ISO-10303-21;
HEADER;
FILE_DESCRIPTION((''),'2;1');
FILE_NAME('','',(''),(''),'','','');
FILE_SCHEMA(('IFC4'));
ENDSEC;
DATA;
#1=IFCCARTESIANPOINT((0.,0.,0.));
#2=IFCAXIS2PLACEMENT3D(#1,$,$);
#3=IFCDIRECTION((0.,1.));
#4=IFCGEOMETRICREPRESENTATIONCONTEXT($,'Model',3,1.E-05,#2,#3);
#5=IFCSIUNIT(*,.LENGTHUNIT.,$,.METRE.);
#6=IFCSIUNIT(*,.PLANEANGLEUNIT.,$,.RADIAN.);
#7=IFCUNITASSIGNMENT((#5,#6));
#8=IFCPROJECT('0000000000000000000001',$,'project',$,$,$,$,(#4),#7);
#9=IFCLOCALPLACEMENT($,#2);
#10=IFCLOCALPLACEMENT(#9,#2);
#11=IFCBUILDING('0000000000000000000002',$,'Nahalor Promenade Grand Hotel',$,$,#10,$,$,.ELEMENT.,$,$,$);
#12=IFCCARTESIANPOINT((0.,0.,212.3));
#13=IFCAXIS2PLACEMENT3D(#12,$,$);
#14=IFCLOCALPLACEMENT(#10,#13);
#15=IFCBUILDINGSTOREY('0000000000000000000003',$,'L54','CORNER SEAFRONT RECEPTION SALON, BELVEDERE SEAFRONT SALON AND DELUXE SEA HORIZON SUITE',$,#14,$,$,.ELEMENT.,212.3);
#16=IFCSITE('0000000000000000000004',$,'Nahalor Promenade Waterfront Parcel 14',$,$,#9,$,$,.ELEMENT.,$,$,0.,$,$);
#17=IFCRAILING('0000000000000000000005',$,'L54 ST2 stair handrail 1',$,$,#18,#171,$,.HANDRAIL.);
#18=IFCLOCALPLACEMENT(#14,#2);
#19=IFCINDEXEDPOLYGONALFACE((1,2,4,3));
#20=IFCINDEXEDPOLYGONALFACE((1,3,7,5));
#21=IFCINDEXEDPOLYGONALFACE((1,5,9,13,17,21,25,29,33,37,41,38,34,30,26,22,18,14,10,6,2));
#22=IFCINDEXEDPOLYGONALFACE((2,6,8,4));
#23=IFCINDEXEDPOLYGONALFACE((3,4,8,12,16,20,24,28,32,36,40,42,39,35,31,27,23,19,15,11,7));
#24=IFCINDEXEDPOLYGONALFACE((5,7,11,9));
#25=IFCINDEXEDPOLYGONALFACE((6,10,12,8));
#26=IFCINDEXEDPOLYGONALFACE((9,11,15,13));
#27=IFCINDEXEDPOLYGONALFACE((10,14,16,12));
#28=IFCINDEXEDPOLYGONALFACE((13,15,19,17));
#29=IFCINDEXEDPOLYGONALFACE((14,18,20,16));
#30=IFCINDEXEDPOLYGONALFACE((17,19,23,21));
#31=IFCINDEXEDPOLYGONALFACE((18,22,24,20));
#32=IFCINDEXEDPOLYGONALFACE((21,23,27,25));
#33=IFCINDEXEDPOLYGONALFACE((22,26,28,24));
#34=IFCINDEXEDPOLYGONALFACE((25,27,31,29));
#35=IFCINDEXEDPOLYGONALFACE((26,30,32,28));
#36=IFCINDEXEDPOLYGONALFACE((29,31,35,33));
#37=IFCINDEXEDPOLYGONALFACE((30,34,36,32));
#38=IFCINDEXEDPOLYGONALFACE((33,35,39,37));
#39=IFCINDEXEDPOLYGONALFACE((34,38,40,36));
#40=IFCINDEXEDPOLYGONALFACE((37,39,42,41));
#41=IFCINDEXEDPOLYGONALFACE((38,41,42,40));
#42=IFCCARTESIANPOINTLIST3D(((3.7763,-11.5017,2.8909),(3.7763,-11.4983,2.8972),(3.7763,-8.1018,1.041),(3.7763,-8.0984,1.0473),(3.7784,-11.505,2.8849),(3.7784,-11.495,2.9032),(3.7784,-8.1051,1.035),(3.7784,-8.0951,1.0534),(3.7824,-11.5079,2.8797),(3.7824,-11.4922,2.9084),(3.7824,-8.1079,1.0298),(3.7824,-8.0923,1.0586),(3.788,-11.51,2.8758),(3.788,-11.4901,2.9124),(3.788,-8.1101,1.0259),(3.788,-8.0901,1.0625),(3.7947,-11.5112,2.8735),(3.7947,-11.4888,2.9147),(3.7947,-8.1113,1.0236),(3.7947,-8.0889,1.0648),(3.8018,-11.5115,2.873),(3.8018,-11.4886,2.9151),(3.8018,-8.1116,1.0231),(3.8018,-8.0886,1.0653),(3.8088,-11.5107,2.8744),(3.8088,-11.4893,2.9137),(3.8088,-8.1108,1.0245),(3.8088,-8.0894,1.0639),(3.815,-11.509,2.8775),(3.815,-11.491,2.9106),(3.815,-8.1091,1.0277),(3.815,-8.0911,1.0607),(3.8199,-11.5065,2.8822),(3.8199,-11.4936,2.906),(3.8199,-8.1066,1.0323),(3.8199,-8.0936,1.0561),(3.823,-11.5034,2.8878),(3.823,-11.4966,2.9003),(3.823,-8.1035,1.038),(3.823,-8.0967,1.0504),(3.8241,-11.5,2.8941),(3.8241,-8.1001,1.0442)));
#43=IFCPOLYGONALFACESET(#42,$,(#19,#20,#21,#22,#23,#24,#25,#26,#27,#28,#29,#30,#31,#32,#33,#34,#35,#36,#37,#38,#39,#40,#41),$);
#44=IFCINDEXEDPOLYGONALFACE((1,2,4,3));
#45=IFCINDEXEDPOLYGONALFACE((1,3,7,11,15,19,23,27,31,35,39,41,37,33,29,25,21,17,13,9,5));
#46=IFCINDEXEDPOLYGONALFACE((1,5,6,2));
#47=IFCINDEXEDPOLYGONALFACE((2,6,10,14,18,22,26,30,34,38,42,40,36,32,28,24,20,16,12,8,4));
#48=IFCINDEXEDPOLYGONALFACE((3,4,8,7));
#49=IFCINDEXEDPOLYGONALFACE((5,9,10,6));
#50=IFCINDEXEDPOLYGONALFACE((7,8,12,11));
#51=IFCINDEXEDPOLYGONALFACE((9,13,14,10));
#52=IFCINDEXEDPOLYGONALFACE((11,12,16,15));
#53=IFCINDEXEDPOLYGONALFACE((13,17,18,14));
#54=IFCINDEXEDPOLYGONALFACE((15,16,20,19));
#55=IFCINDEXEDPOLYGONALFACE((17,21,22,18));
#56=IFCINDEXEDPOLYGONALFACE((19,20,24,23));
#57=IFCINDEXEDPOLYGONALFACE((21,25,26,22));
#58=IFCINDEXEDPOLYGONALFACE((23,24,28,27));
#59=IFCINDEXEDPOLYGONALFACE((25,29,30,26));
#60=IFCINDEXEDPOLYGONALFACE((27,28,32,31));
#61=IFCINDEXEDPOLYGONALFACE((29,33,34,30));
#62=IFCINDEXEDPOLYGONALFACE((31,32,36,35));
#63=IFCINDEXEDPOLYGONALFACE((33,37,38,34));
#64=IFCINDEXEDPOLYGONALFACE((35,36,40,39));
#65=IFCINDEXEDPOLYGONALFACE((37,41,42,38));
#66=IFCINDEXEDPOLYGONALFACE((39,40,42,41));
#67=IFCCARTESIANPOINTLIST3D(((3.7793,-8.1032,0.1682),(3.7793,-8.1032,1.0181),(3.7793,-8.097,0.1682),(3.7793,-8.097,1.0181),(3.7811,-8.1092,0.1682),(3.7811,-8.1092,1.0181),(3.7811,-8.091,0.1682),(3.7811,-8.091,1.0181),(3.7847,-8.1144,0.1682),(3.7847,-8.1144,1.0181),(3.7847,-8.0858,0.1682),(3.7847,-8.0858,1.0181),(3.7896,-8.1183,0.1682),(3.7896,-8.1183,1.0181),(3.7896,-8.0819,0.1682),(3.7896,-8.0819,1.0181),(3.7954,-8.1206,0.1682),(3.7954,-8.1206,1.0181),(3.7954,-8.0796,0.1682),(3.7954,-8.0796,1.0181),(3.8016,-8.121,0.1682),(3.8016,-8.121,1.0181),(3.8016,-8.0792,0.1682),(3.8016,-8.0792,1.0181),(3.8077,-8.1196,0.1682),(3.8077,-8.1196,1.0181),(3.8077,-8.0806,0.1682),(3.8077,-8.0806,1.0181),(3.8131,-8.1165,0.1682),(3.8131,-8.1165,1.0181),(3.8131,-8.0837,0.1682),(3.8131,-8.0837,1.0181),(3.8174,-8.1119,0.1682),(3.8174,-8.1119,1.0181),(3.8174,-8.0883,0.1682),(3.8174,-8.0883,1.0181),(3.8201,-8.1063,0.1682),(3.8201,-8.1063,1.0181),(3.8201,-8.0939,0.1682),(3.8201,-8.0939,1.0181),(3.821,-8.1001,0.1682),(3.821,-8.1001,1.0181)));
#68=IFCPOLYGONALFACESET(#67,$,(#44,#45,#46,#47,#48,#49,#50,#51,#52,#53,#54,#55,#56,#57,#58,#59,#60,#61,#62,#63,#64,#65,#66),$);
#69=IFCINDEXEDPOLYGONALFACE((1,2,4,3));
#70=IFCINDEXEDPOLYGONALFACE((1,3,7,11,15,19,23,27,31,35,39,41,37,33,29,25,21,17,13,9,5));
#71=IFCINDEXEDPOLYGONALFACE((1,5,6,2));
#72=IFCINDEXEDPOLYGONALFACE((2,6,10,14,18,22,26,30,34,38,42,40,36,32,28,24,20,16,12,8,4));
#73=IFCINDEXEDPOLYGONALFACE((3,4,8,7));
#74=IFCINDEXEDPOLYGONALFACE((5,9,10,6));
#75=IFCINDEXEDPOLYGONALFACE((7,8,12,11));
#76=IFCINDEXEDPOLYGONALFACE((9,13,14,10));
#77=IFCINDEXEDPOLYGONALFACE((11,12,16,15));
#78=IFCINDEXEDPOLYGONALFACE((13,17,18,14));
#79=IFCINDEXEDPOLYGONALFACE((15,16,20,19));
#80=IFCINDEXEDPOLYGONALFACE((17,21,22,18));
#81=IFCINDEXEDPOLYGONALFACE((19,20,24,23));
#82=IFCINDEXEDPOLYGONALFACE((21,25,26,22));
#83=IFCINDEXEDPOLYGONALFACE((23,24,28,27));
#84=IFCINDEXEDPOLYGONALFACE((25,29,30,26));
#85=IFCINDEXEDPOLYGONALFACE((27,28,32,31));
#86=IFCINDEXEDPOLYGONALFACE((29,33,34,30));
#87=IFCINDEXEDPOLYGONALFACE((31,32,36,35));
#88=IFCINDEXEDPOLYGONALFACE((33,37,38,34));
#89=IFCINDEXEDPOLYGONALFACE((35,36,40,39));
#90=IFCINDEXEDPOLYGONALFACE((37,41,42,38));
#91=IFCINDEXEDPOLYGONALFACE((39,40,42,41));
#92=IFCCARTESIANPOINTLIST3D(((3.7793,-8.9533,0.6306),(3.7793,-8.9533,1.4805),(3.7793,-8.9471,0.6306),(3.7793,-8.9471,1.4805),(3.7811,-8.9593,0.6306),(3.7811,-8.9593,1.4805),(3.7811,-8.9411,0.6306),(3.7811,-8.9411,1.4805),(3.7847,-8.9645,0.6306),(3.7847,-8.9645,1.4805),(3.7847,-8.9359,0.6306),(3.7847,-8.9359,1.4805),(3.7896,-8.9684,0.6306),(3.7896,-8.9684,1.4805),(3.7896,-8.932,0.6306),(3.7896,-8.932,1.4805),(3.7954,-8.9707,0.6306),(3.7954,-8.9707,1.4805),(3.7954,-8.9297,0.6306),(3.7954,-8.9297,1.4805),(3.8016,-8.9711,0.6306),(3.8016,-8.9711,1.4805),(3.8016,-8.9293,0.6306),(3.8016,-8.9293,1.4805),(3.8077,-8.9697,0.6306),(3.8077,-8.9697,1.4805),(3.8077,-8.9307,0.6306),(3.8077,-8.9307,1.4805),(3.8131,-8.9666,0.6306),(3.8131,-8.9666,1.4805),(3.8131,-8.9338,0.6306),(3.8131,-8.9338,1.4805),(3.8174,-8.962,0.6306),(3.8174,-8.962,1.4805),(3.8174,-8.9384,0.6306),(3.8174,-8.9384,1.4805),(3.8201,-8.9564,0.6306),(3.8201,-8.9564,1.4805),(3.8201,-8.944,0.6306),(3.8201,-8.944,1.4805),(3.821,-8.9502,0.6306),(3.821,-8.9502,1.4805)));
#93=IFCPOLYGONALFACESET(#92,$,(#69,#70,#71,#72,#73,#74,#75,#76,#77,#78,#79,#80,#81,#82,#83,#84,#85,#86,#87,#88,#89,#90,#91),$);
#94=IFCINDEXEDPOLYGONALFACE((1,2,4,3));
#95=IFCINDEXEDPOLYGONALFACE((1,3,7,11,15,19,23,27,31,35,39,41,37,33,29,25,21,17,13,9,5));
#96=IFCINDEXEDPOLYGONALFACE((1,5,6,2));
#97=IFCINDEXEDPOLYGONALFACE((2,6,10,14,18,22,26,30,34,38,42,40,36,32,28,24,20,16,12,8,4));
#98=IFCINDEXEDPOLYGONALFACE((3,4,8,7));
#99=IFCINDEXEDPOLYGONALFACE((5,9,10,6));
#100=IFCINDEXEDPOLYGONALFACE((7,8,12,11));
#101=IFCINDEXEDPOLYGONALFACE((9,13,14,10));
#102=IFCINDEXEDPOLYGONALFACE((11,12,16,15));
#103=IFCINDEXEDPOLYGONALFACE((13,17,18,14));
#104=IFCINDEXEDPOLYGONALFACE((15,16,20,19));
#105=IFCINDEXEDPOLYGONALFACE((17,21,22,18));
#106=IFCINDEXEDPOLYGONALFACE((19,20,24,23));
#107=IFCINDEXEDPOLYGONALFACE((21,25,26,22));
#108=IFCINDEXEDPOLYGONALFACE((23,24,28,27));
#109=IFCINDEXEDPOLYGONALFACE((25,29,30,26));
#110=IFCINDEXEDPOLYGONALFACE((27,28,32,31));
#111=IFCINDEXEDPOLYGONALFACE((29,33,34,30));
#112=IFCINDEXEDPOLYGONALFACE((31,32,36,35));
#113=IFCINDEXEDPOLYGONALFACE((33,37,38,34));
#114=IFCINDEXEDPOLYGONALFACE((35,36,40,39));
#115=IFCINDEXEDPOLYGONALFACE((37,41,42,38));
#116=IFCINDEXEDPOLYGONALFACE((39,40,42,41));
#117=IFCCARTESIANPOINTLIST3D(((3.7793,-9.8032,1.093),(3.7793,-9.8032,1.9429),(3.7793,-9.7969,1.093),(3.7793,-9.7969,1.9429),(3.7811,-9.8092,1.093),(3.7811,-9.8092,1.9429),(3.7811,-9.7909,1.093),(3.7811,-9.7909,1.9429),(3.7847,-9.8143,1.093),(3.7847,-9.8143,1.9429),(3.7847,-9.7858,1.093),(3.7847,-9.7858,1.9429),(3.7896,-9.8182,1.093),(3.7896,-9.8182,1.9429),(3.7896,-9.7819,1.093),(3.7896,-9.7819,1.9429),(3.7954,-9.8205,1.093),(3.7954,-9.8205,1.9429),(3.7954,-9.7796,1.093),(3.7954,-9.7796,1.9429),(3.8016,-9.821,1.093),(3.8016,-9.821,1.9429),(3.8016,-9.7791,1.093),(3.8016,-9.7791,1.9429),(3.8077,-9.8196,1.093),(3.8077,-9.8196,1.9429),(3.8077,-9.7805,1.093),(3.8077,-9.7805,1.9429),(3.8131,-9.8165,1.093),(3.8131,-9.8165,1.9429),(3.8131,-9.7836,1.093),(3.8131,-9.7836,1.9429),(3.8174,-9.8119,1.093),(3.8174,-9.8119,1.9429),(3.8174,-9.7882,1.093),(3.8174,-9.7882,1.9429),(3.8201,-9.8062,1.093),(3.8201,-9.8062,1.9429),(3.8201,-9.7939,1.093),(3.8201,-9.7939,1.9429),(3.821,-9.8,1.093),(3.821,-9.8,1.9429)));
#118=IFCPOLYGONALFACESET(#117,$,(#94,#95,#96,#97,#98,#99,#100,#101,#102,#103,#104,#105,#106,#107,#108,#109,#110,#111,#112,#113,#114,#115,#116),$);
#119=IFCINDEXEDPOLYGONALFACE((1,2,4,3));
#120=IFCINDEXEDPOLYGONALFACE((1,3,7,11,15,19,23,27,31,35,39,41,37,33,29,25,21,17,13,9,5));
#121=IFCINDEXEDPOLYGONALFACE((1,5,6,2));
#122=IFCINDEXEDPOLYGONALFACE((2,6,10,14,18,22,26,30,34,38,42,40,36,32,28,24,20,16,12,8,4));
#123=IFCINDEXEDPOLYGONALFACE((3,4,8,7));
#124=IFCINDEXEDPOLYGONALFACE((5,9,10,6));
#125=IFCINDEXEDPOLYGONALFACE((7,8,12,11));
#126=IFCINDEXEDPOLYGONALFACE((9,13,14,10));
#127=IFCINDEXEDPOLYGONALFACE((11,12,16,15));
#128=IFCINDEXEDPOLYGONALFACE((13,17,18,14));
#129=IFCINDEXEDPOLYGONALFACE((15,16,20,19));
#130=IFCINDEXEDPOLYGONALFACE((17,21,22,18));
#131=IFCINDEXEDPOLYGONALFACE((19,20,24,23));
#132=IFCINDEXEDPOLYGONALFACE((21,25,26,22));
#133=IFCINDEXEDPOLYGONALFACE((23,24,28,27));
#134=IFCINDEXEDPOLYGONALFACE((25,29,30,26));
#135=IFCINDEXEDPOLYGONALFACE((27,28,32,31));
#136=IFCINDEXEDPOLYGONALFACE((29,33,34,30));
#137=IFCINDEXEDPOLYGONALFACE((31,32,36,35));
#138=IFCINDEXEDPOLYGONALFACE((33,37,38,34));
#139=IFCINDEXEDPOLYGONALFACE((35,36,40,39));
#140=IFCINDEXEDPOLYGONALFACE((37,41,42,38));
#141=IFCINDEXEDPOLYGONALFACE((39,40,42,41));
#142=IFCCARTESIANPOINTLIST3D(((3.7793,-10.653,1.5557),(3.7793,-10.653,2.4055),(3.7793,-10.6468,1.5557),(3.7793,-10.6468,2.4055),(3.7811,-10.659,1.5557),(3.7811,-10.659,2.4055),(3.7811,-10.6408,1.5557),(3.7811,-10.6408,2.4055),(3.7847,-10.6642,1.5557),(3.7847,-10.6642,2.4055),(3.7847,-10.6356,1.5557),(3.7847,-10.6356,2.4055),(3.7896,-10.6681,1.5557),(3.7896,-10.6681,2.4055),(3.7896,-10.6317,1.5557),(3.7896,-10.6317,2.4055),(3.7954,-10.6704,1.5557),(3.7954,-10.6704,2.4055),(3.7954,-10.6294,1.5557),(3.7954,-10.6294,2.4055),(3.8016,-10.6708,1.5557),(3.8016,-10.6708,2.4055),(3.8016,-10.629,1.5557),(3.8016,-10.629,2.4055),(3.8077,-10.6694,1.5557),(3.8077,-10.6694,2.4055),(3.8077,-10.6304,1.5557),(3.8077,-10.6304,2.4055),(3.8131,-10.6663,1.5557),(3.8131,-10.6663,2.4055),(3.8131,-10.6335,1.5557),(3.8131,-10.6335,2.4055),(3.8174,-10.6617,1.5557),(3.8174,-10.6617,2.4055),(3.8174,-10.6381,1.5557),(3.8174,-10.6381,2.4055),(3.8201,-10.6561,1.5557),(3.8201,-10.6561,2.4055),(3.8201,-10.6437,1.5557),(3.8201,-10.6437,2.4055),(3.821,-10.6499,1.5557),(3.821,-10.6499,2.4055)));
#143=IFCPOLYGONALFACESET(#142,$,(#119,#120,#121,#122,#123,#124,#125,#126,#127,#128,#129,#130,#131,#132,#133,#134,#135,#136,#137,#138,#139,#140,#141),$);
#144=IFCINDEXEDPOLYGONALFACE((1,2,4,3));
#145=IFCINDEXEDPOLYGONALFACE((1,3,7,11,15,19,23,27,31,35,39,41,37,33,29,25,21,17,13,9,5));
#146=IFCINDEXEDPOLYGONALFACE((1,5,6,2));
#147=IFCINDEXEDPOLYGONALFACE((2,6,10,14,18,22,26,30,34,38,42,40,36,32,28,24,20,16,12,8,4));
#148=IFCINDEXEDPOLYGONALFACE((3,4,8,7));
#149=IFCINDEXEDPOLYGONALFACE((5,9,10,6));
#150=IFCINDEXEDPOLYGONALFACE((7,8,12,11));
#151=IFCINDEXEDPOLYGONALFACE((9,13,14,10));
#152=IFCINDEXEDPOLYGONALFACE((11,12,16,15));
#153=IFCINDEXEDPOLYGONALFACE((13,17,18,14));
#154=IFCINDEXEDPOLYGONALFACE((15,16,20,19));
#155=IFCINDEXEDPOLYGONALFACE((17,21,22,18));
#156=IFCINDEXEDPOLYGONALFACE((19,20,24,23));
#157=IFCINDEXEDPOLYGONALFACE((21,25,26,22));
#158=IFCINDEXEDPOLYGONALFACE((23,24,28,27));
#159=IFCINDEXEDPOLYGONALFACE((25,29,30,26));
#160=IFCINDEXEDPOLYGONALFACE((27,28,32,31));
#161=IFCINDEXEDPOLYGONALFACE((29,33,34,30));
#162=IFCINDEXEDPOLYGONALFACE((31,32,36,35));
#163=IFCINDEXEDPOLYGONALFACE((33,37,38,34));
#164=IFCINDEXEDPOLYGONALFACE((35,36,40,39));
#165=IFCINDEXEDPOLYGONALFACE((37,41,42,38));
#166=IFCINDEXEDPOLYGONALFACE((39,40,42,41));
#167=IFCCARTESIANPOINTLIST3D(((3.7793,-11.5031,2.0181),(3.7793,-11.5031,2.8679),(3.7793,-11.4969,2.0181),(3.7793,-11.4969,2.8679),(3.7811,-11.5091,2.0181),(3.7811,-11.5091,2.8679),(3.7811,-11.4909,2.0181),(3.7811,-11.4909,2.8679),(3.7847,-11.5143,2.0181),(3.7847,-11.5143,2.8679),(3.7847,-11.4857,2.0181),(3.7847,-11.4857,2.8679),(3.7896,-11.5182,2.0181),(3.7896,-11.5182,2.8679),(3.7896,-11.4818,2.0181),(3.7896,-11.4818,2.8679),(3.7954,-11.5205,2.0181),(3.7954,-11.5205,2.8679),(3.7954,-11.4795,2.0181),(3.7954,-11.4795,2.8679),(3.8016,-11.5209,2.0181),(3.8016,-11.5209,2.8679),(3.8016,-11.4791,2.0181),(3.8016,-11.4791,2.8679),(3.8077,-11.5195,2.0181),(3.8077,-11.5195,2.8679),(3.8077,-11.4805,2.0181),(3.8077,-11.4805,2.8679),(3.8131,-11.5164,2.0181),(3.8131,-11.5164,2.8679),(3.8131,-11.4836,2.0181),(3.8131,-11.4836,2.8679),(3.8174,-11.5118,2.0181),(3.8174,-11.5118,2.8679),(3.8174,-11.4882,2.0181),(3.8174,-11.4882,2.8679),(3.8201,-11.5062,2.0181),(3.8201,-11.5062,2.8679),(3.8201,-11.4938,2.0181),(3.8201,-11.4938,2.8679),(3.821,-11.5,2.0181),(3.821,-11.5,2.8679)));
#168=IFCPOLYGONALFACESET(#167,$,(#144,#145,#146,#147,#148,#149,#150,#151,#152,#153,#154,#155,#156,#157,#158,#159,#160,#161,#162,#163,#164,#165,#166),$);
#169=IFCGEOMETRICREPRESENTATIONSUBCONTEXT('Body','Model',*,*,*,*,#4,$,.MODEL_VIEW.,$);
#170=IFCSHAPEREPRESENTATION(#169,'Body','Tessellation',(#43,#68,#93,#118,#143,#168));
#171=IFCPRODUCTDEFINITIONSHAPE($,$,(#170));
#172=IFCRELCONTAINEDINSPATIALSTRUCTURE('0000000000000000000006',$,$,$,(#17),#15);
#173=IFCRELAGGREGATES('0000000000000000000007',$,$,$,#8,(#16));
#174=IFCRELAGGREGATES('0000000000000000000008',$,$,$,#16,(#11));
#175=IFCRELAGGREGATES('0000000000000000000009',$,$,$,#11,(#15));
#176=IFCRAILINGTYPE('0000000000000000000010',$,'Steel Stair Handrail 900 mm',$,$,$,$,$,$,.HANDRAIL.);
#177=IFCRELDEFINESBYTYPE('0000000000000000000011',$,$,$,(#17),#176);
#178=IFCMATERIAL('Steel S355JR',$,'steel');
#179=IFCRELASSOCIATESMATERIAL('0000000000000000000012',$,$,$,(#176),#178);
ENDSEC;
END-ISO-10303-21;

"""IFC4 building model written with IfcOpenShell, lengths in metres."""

from ifc_helpers import new_model, si_unit, direction, frame, origin, origin_2d, place, context, subcontext, project, spatial, circle, extrude, material, type_object, element, save


model = new_model("IFC4")

# Units and contexts
model_context = context("Model", 3, precision=1e-05, world=origin(), true_north=direction((0.0, 1.0)))
body_context = subcontext(model_context, "Body", "Model", "MODEL_VIEW")
ifc_project = project(units=[si_unit("LENGTHUNIT", "METRE"), si_unit("PLANEANGLEUNIT", "RADIAN")], contexts=[model_context])

# Site, building, storey
site_placement = place(None, origin())
site = spatial("IfcSite", under=ifc_project, at=site_placement, Name="Nahalor Promenade Waterfront Parcel 14", CompositionType="ELEMENT", RefElevation=0.0)
building_placement = place(site_placement, origin())
building = spatial("IfcBuilding", under=site, at=building_placement, Name="Nahalor Promenade Grand Hotel", CompositionType="ELEMENT")
storey_placement = place(building_placement, frame((0.0, 0.0, 212.3)))
storey = spatial("IfcBuildingStorey", under=building, at=storey_placement, Name="L54", Description="CORNER SEAFRONT RECEPTION SALON, BELVEDERE SEAFRONT SALON AND DELUXE SEA HORIZON SUITE", CompositionType="ELEMENT", Elevation=212.3)

# Shared definitions
ifc_material_1 = material(Name="Steel S355JR", Category="steel")

# Railing
railing_type_1 = type_object("IfcRailingType", Name="Steel Stair Handrail 900 mm", PredefinedType="HANDRAIL", material=ifc_material_1)
railing_1_placement = place(storey_placement, frame((3.8, -8.1001, 0.1682)))
element("IfcRailing", 1, at=railing_1_placement, inside=storey, type_object=railing_type_1, Name="L54 ST2 stair handrail 1", PredefinedType="HANDRAIL", context=body_context, shape_type="SweptSolid", body=[
    extrude(circle(Radius=0.024, at=origin_2d()), frame((0.0, 0.0, 0.876), z_axis=(0.0, -0.878399, 0.477928), x_axis=(1.0, 0.0, 0.0)), (0.0, 0.0, 1.0), 3.8706),
    extrude(circle(Radius=0.021, at=origin_2d()), origin(), (0.0, 0.0, 1.0), 0.8499),
    extrude(circle(Radius=0.021, at=origin_2d()), frame((0.0, -0.8501, 0.4624)), (0.0, 0.0, 1.0), 0.8499),
    extrude(circle(Radius=0.021, at=origin_2d()), frame((0.0, -1.7, 0.9248)), (0.0, 0.0, 1.0), 0.8499),
    extrude(circle(Radius=0.021, at=origin_2d()), frame((0.0, -2.5498, 1.3875)), (0.0, 0.0, 1.0), 0.8499),
    extrude(circle(Radius=0.021, at=origin_2d()), frame((0.0, -3.3999, 1.8499)), (0.0, 0.0, 1.0), 0.8499),
])

save(model, "model.ifc")
